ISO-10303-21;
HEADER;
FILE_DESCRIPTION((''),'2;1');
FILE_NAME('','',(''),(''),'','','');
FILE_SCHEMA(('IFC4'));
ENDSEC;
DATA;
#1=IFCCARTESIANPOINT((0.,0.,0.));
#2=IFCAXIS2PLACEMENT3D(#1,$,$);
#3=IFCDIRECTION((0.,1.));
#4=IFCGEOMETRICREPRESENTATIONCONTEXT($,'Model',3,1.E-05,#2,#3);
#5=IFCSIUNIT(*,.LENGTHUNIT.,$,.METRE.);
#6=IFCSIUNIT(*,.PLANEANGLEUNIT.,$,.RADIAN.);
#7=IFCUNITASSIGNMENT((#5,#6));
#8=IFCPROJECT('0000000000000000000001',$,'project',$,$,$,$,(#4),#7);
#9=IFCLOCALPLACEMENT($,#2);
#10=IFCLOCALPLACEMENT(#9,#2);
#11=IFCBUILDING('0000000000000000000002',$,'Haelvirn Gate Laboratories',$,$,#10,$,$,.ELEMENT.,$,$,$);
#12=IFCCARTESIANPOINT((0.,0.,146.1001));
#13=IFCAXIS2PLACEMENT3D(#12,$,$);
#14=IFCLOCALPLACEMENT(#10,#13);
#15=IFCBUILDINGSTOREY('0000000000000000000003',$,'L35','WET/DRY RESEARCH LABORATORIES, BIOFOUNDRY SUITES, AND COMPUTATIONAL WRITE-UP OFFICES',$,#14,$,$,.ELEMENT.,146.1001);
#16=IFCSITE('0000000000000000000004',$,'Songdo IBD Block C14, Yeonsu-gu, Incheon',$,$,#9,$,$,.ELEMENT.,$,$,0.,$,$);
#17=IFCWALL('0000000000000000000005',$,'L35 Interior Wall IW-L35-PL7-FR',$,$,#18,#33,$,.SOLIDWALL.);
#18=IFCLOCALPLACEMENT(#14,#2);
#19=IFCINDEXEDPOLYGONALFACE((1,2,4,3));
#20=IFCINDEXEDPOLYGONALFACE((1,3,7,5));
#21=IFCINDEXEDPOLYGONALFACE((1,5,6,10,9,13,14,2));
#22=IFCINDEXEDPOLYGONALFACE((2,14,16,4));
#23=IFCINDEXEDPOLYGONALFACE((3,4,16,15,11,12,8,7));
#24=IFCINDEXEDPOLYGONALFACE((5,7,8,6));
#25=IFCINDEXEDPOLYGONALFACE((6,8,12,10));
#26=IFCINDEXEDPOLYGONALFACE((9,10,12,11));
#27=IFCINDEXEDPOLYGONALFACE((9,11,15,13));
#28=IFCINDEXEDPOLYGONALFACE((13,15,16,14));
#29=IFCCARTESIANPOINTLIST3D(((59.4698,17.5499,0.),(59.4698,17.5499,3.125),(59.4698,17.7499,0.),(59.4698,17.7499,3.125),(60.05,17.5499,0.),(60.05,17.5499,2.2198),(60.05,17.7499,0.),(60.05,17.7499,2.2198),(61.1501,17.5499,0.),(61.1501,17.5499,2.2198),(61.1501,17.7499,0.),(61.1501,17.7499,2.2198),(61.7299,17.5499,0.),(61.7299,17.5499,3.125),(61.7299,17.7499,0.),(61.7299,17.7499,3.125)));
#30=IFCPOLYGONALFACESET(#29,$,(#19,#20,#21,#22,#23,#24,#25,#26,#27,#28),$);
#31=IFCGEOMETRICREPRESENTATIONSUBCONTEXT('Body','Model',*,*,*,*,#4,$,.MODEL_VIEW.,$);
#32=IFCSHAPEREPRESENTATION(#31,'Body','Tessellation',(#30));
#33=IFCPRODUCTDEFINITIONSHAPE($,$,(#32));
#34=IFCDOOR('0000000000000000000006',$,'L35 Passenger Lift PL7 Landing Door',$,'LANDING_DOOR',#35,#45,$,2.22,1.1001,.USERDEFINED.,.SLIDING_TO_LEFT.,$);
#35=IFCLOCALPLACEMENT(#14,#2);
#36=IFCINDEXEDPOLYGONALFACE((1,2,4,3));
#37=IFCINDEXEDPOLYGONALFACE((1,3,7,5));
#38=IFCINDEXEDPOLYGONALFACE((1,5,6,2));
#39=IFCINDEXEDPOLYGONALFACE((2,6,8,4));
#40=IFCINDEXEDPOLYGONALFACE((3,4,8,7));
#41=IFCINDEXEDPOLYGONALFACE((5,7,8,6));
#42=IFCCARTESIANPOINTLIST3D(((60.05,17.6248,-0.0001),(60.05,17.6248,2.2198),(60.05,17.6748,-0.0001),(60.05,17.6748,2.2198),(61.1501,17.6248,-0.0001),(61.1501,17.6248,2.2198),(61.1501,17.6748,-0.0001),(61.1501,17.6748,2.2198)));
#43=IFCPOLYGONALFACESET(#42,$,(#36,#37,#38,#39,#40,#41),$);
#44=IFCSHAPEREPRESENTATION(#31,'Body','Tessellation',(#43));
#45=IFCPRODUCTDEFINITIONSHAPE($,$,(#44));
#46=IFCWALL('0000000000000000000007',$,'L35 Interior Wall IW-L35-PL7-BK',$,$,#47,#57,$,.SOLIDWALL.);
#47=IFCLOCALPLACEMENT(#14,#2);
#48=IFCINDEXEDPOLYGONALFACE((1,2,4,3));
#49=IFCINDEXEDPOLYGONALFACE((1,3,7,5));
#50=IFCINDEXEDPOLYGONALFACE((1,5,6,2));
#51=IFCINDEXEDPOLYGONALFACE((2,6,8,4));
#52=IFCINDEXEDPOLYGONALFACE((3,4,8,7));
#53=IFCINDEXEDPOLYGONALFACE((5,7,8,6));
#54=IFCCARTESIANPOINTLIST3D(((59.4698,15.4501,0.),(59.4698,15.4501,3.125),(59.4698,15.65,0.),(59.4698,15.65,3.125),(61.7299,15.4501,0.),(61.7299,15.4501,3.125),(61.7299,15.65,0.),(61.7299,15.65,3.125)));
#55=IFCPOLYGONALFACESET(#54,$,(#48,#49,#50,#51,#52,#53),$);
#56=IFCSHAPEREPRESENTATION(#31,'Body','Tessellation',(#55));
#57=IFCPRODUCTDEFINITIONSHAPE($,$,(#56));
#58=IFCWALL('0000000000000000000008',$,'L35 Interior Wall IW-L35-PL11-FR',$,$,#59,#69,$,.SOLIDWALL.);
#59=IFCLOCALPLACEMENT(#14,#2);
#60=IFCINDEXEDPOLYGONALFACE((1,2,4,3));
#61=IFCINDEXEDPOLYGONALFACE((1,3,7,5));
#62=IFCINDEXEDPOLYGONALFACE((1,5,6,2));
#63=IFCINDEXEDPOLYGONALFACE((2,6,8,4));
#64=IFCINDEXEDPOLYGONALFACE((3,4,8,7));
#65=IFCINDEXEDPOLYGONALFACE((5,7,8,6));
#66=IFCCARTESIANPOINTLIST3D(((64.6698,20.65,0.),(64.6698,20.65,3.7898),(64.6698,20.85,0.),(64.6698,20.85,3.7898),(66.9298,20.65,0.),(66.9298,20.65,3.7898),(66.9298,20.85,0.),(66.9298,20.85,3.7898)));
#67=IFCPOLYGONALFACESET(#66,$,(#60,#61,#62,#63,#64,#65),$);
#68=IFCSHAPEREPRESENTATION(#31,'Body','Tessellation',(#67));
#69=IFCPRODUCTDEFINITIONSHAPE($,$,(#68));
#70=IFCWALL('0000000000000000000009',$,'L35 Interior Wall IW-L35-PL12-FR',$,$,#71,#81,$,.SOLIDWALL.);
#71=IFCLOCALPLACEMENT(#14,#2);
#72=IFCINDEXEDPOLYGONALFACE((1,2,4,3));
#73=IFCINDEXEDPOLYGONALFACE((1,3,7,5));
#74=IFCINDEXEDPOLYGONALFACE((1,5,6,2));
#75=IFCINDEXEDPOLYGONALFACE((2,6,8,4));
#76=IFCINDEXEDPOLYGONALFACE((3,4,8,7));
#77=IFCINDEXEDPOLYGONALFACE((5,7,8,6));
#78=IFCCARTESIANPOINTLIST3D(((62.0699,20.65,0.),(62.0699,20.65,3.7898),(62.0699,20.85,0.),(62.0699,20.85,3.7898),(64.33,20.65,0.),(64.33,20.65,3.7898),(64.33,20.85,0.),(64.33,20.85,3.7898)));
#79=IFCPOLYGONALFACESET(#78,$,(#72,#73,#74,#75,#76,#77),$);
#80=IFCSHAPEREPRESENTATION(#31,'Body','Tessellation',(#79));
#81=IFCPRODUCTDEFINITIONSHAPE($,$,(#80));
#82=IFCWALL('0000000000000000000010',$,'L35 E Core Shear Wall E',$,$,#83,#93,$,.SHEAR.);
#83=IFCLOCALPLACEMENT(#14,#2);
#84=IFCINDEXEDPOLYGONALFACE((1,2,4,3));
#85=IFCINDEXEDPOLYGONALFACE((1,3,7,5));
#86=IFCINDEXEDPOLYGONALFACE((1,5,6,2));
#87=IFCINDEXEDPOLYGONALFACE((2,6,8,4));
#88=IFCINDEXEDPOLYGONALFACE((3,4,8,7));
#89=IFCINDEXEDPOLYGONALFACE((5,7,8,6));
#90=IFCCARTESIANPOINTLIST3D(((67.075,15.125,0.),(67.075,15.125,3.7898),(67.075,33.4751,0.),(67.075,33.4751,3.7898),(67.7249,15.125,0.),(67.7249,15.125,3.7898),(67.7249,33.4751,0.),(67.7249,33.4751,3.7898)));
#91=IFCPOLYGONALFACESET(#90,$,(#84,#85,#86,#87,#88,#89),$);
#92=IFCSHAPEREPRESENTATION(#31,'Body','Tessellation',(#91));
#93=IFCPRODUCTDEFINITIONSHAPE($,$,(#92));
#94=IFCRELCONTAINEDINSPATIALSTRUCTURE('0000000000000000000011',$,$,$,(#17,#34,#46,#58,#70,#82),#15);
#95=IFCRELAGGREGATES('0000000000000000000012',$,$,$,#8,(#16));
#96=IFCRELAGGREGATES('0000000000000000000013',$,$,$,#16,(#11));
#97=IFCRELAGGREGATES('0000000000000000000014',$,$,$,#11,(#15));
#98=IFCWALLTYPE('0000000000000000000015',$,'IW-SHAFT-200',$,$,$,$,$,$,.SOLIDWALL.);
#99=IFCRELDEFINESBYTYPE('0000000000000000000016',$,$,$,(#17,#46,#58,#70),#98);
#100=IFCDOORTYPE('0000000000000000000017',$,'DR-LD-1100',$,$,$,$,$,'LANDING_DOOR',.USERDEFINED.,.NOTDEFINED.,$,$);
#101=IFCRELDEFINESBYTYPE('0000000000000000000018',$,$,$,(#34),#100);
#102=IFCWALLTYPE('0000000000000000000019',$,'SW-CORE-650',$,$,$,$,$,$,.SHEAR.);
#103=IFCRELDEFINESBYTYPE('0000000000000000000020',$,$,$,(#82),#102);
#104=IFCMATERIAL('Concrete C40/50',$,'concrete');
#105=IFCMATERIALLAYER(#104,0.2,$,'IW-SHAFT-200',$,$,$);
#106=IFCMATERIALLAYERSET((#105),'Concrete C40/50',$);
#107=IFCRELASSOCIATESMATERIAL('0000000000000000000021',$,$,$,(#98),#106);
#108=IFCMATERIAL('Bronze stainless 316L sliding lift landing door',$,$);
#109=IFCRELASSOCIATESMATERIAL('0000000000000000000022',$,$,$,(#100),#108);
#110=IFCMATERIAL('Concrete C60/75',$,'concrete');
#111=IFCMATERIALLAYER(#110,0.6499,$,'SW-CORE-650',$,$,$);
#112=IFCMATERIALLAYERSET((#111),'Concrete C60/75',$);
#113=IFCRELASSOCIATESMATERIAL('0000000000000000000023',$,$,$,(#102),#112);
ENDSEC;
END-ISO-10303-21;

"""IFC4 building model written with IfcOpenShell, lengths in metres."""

from ifc_helpers import new_model, si_unit, direction, frame, frame_2d, origin, place, context, subcontext, project, spatial, rectangle, extrude, source, transform, mapped, material, layer, layer_set, type_object, type_shapes, element, fill, save


model = new_model("IFC4")

# Units and contexts
model_context = context("Model", 3, precision=1e-05, world=origin(), true_north=direction((0.0, 1.0)))
body_context = subcontext(model_context, "Body", "Model", "MODEL_VIEW")
ifc_project = project(units=[si_unit("LENGTHUNIT", "METRE"), si_unit("PLANEANGLEUNIT", "RADIAN")], contexts=[model_context])

# Site, building, storey
site_placement = place(None, origin())
site = spatial("IfcSite", under=ifc_project, at=site_placement, Name="Songdo IBD Block C14, Yeonsu-gu, Incheon", CompositionType="ELEMENT", RefElevation=0.0)
building_placement = place(site_placement, origin())
building = spatial("IfcBuilding", under=site, at=building_placement, Name="Haelvirn Gate Laboratories", CompositionType="ELEMENT")
storey_placement = place(building_placement, frame((0.0, 0.0, 146.1001)))
storey = spatial("IfcBuildingStorey", under=building, at=storey_placement, Name="L35", Description="WET/DRY RESEARCH LABORATORIES, BIOFOUNDRY SUITES, AND COMPUTATIONAL WRITE-UP OFFICES", CompositionType="ELEMENT", Elevation=146.1001)

# Shared definitions
ifc_material_1 = material(Name="Concrete C60/75", Category="concrete")

# Shared definitions
ifc_material_2 = material(Name="Concrete C40/50", Category="concrete")

# Wall, opening, door
ifc_layer_1 = layer(ifc_material_2, 0.2, Name="IW-SHAFT-200")
ifc_layer_set_1 = layer_set([ifc_layer_1], Name="Concrete C40/50")
wall_type_1 = type_object("IfcWallType", Name="IW-SHAFT-200", PredefinedType="SOLIDWALL", material=ifc_layer_set_1)
wall_1_placement = place(storey_placement, frame((59.47, 17.6499, 0.0), z_axis=(0.0, 0.0, 1.0), x_axis=(1.0, 0.0, 0.0)))
wall_1 = element("IfcWall", 1, at=wall_1_placement, inside=storey, type_object=wall_type_1, Name="L35 Interior Wall IW-L35-PL7-FR", PredefinedType="SOLIDWALL", context=body_context, shape_type="SweptSolid", body=[
    extrude(rectangle(XDim=2.26, YDim=0.2, at=frame_2d((1.1299, 0.0))), origin(), (0.0, 0.0, 1.0), 3.125),
])
opening_1_placement = place(wall_1_placement, frame((0.5801, 0.0, 0.0)))
opening_1 = element("IfcOpeningElement", 2, at=opening_1_placement, cuts=wall_1, PredefinedType="OPENING", context=body_context, shape_type="SweptSolid", body=[
    extrude(rectangle(XDim=1.1001, YDim=2.22, at=frame_2d((0.55, 1.1099))), frame((0.0, 0.1099, 0.0), z_axis=(0.0, -1.0, 0.0), x_axis=(1.0, 0.0, 0.0)), (0.0, 0.0, 1.0), 0.22),
])
ifc_material_3 = material(Name="Bronze stainless 316L sliding lift landing door")
door_type_1 = type_object("IfcDoorType", Name="DR-LD-1100", ElementType="LANDING_DOOR", OperationType="NOTDEFINED", PredefinedType="USERDEFINED", material=ifc_material_3)
shared_shape_1 = source(origin(), body_context, "Body", "SweptSolid", [
    extrude(rectangle(XDim=1.1001, YDim=2.22, at=frame_2d((0.55, 1.1099))), frame((0.0, 0.0249, 0.0), z_axis=(0.0, -1.0, 0.0), x_axis=(1.0, 0.0, 0.0)), (0.0, 0.0, 1.0), 0.05),
])
type_shapes(door_type_1, [shared_shape_1])
door_1_placement = place(opening_1_placement, origin())
door_1 = element("IfcDoor", 3, at=door_1_placement, inside=storey, type_object=door_type_1, Name="L35 Passenger Lift PL7 Landing Door", ObjectType="LANDING_DOOR", OperationType="SLIDING_TO_LEFT", OverallHeight=2.22, OverallWidth=1.1001, PredefinedType="USERDEFINED", context=body_context, shape_type="MappedRepresentation", body=[
    mapped(shared_shape_1, transform((0.0, 0.0, 0.0), scale=1.0)),
])
fill(opening_1, door_1)

# Walls
wall_2_placement = place(storey_placement, frame((59.47, 15.55, 0.0), z_axis=(0.0, 0.0, 1.0), x_axis=(1.0, 0.0, 0.0)))
element("IfcWall", 4, at=wall_2_placement, inside=storey, type_object=wall_type_1, Name="L35 Interior Wall IW-L35-PL7-BK", PredefinedType="SOLIDWALL", context=body_context, shape_type="SweptSolid", body=[
    extrude(rectangle(XDim=2.26, YDim=0.2, at=frame_2d((1.1299, 0.0))), origin(), (0.0, 0.0, 1.0), 3.125),
])
for number, where, z_axis, x_axis, name in (
    (5, (64.6699, 20.75, 0.0), (0.0, 0.0, 1.0), (1.0, 0.0, 0.0), "L35 Interior Wall IW-L35-PL11-FR"),
    (6, (62.0701, 20.75, 0.0), (0.0, 0.0, 1.0), (1.0, 0.0, 0.0), "L35 Interior Wall IW-L35-PL12-FR"),
):
    element("IfcWall", number, at=place(storey_placement, frame(where, z_axis=z_axis, x_axis=x_axis)), inside=storey, type_object=wall_type_1, Name=name, PredefinedType="SOLIDWALL", context=body_context, shape_type="SweptSolid", body=[
        extrude(rectangle(XDim=2.26, YDim=0.2, at=frame_2d((1.1299, 0.0))), origin(), (0.0, 0.0, 1.0), 3.7898),
    ])
ifc_layer_2 = layer(ifc_material_1, 0.6499, Name="SW-CORE-650")
ifc_layer_set_2 = layer_set([ifc_layer_2], Name="Concrete C60/75")
wall_type_2 = type_object("IfcWallType", Name="SW-CORE-650", PredefinedType="SHEAR", material=ifc_layer_set_2)
wall_3_placement = place(storey_placement, frame((67.3999, 15.125, 0.0), z_axis=(0.0, 0.0, 1.0), x_axis=(0.0, 1.0, 0.0)))
element("IfcWall", 7, at=wall_3_placement, inside=storey, type_object=wall_type_2, Name="L35 E Core Shear Wall E", PredefinedType="SHEAR", context=body_context, shape_type="SweptSolid", body=[
    extrude(rectangle(XDim=18.3501, YDim=0.6499, at=frame_2d((9.175, 0.0))), origin(), (0.0, 0.0, 1.0), 3.7898),
])

save(model, "model.ifc")
